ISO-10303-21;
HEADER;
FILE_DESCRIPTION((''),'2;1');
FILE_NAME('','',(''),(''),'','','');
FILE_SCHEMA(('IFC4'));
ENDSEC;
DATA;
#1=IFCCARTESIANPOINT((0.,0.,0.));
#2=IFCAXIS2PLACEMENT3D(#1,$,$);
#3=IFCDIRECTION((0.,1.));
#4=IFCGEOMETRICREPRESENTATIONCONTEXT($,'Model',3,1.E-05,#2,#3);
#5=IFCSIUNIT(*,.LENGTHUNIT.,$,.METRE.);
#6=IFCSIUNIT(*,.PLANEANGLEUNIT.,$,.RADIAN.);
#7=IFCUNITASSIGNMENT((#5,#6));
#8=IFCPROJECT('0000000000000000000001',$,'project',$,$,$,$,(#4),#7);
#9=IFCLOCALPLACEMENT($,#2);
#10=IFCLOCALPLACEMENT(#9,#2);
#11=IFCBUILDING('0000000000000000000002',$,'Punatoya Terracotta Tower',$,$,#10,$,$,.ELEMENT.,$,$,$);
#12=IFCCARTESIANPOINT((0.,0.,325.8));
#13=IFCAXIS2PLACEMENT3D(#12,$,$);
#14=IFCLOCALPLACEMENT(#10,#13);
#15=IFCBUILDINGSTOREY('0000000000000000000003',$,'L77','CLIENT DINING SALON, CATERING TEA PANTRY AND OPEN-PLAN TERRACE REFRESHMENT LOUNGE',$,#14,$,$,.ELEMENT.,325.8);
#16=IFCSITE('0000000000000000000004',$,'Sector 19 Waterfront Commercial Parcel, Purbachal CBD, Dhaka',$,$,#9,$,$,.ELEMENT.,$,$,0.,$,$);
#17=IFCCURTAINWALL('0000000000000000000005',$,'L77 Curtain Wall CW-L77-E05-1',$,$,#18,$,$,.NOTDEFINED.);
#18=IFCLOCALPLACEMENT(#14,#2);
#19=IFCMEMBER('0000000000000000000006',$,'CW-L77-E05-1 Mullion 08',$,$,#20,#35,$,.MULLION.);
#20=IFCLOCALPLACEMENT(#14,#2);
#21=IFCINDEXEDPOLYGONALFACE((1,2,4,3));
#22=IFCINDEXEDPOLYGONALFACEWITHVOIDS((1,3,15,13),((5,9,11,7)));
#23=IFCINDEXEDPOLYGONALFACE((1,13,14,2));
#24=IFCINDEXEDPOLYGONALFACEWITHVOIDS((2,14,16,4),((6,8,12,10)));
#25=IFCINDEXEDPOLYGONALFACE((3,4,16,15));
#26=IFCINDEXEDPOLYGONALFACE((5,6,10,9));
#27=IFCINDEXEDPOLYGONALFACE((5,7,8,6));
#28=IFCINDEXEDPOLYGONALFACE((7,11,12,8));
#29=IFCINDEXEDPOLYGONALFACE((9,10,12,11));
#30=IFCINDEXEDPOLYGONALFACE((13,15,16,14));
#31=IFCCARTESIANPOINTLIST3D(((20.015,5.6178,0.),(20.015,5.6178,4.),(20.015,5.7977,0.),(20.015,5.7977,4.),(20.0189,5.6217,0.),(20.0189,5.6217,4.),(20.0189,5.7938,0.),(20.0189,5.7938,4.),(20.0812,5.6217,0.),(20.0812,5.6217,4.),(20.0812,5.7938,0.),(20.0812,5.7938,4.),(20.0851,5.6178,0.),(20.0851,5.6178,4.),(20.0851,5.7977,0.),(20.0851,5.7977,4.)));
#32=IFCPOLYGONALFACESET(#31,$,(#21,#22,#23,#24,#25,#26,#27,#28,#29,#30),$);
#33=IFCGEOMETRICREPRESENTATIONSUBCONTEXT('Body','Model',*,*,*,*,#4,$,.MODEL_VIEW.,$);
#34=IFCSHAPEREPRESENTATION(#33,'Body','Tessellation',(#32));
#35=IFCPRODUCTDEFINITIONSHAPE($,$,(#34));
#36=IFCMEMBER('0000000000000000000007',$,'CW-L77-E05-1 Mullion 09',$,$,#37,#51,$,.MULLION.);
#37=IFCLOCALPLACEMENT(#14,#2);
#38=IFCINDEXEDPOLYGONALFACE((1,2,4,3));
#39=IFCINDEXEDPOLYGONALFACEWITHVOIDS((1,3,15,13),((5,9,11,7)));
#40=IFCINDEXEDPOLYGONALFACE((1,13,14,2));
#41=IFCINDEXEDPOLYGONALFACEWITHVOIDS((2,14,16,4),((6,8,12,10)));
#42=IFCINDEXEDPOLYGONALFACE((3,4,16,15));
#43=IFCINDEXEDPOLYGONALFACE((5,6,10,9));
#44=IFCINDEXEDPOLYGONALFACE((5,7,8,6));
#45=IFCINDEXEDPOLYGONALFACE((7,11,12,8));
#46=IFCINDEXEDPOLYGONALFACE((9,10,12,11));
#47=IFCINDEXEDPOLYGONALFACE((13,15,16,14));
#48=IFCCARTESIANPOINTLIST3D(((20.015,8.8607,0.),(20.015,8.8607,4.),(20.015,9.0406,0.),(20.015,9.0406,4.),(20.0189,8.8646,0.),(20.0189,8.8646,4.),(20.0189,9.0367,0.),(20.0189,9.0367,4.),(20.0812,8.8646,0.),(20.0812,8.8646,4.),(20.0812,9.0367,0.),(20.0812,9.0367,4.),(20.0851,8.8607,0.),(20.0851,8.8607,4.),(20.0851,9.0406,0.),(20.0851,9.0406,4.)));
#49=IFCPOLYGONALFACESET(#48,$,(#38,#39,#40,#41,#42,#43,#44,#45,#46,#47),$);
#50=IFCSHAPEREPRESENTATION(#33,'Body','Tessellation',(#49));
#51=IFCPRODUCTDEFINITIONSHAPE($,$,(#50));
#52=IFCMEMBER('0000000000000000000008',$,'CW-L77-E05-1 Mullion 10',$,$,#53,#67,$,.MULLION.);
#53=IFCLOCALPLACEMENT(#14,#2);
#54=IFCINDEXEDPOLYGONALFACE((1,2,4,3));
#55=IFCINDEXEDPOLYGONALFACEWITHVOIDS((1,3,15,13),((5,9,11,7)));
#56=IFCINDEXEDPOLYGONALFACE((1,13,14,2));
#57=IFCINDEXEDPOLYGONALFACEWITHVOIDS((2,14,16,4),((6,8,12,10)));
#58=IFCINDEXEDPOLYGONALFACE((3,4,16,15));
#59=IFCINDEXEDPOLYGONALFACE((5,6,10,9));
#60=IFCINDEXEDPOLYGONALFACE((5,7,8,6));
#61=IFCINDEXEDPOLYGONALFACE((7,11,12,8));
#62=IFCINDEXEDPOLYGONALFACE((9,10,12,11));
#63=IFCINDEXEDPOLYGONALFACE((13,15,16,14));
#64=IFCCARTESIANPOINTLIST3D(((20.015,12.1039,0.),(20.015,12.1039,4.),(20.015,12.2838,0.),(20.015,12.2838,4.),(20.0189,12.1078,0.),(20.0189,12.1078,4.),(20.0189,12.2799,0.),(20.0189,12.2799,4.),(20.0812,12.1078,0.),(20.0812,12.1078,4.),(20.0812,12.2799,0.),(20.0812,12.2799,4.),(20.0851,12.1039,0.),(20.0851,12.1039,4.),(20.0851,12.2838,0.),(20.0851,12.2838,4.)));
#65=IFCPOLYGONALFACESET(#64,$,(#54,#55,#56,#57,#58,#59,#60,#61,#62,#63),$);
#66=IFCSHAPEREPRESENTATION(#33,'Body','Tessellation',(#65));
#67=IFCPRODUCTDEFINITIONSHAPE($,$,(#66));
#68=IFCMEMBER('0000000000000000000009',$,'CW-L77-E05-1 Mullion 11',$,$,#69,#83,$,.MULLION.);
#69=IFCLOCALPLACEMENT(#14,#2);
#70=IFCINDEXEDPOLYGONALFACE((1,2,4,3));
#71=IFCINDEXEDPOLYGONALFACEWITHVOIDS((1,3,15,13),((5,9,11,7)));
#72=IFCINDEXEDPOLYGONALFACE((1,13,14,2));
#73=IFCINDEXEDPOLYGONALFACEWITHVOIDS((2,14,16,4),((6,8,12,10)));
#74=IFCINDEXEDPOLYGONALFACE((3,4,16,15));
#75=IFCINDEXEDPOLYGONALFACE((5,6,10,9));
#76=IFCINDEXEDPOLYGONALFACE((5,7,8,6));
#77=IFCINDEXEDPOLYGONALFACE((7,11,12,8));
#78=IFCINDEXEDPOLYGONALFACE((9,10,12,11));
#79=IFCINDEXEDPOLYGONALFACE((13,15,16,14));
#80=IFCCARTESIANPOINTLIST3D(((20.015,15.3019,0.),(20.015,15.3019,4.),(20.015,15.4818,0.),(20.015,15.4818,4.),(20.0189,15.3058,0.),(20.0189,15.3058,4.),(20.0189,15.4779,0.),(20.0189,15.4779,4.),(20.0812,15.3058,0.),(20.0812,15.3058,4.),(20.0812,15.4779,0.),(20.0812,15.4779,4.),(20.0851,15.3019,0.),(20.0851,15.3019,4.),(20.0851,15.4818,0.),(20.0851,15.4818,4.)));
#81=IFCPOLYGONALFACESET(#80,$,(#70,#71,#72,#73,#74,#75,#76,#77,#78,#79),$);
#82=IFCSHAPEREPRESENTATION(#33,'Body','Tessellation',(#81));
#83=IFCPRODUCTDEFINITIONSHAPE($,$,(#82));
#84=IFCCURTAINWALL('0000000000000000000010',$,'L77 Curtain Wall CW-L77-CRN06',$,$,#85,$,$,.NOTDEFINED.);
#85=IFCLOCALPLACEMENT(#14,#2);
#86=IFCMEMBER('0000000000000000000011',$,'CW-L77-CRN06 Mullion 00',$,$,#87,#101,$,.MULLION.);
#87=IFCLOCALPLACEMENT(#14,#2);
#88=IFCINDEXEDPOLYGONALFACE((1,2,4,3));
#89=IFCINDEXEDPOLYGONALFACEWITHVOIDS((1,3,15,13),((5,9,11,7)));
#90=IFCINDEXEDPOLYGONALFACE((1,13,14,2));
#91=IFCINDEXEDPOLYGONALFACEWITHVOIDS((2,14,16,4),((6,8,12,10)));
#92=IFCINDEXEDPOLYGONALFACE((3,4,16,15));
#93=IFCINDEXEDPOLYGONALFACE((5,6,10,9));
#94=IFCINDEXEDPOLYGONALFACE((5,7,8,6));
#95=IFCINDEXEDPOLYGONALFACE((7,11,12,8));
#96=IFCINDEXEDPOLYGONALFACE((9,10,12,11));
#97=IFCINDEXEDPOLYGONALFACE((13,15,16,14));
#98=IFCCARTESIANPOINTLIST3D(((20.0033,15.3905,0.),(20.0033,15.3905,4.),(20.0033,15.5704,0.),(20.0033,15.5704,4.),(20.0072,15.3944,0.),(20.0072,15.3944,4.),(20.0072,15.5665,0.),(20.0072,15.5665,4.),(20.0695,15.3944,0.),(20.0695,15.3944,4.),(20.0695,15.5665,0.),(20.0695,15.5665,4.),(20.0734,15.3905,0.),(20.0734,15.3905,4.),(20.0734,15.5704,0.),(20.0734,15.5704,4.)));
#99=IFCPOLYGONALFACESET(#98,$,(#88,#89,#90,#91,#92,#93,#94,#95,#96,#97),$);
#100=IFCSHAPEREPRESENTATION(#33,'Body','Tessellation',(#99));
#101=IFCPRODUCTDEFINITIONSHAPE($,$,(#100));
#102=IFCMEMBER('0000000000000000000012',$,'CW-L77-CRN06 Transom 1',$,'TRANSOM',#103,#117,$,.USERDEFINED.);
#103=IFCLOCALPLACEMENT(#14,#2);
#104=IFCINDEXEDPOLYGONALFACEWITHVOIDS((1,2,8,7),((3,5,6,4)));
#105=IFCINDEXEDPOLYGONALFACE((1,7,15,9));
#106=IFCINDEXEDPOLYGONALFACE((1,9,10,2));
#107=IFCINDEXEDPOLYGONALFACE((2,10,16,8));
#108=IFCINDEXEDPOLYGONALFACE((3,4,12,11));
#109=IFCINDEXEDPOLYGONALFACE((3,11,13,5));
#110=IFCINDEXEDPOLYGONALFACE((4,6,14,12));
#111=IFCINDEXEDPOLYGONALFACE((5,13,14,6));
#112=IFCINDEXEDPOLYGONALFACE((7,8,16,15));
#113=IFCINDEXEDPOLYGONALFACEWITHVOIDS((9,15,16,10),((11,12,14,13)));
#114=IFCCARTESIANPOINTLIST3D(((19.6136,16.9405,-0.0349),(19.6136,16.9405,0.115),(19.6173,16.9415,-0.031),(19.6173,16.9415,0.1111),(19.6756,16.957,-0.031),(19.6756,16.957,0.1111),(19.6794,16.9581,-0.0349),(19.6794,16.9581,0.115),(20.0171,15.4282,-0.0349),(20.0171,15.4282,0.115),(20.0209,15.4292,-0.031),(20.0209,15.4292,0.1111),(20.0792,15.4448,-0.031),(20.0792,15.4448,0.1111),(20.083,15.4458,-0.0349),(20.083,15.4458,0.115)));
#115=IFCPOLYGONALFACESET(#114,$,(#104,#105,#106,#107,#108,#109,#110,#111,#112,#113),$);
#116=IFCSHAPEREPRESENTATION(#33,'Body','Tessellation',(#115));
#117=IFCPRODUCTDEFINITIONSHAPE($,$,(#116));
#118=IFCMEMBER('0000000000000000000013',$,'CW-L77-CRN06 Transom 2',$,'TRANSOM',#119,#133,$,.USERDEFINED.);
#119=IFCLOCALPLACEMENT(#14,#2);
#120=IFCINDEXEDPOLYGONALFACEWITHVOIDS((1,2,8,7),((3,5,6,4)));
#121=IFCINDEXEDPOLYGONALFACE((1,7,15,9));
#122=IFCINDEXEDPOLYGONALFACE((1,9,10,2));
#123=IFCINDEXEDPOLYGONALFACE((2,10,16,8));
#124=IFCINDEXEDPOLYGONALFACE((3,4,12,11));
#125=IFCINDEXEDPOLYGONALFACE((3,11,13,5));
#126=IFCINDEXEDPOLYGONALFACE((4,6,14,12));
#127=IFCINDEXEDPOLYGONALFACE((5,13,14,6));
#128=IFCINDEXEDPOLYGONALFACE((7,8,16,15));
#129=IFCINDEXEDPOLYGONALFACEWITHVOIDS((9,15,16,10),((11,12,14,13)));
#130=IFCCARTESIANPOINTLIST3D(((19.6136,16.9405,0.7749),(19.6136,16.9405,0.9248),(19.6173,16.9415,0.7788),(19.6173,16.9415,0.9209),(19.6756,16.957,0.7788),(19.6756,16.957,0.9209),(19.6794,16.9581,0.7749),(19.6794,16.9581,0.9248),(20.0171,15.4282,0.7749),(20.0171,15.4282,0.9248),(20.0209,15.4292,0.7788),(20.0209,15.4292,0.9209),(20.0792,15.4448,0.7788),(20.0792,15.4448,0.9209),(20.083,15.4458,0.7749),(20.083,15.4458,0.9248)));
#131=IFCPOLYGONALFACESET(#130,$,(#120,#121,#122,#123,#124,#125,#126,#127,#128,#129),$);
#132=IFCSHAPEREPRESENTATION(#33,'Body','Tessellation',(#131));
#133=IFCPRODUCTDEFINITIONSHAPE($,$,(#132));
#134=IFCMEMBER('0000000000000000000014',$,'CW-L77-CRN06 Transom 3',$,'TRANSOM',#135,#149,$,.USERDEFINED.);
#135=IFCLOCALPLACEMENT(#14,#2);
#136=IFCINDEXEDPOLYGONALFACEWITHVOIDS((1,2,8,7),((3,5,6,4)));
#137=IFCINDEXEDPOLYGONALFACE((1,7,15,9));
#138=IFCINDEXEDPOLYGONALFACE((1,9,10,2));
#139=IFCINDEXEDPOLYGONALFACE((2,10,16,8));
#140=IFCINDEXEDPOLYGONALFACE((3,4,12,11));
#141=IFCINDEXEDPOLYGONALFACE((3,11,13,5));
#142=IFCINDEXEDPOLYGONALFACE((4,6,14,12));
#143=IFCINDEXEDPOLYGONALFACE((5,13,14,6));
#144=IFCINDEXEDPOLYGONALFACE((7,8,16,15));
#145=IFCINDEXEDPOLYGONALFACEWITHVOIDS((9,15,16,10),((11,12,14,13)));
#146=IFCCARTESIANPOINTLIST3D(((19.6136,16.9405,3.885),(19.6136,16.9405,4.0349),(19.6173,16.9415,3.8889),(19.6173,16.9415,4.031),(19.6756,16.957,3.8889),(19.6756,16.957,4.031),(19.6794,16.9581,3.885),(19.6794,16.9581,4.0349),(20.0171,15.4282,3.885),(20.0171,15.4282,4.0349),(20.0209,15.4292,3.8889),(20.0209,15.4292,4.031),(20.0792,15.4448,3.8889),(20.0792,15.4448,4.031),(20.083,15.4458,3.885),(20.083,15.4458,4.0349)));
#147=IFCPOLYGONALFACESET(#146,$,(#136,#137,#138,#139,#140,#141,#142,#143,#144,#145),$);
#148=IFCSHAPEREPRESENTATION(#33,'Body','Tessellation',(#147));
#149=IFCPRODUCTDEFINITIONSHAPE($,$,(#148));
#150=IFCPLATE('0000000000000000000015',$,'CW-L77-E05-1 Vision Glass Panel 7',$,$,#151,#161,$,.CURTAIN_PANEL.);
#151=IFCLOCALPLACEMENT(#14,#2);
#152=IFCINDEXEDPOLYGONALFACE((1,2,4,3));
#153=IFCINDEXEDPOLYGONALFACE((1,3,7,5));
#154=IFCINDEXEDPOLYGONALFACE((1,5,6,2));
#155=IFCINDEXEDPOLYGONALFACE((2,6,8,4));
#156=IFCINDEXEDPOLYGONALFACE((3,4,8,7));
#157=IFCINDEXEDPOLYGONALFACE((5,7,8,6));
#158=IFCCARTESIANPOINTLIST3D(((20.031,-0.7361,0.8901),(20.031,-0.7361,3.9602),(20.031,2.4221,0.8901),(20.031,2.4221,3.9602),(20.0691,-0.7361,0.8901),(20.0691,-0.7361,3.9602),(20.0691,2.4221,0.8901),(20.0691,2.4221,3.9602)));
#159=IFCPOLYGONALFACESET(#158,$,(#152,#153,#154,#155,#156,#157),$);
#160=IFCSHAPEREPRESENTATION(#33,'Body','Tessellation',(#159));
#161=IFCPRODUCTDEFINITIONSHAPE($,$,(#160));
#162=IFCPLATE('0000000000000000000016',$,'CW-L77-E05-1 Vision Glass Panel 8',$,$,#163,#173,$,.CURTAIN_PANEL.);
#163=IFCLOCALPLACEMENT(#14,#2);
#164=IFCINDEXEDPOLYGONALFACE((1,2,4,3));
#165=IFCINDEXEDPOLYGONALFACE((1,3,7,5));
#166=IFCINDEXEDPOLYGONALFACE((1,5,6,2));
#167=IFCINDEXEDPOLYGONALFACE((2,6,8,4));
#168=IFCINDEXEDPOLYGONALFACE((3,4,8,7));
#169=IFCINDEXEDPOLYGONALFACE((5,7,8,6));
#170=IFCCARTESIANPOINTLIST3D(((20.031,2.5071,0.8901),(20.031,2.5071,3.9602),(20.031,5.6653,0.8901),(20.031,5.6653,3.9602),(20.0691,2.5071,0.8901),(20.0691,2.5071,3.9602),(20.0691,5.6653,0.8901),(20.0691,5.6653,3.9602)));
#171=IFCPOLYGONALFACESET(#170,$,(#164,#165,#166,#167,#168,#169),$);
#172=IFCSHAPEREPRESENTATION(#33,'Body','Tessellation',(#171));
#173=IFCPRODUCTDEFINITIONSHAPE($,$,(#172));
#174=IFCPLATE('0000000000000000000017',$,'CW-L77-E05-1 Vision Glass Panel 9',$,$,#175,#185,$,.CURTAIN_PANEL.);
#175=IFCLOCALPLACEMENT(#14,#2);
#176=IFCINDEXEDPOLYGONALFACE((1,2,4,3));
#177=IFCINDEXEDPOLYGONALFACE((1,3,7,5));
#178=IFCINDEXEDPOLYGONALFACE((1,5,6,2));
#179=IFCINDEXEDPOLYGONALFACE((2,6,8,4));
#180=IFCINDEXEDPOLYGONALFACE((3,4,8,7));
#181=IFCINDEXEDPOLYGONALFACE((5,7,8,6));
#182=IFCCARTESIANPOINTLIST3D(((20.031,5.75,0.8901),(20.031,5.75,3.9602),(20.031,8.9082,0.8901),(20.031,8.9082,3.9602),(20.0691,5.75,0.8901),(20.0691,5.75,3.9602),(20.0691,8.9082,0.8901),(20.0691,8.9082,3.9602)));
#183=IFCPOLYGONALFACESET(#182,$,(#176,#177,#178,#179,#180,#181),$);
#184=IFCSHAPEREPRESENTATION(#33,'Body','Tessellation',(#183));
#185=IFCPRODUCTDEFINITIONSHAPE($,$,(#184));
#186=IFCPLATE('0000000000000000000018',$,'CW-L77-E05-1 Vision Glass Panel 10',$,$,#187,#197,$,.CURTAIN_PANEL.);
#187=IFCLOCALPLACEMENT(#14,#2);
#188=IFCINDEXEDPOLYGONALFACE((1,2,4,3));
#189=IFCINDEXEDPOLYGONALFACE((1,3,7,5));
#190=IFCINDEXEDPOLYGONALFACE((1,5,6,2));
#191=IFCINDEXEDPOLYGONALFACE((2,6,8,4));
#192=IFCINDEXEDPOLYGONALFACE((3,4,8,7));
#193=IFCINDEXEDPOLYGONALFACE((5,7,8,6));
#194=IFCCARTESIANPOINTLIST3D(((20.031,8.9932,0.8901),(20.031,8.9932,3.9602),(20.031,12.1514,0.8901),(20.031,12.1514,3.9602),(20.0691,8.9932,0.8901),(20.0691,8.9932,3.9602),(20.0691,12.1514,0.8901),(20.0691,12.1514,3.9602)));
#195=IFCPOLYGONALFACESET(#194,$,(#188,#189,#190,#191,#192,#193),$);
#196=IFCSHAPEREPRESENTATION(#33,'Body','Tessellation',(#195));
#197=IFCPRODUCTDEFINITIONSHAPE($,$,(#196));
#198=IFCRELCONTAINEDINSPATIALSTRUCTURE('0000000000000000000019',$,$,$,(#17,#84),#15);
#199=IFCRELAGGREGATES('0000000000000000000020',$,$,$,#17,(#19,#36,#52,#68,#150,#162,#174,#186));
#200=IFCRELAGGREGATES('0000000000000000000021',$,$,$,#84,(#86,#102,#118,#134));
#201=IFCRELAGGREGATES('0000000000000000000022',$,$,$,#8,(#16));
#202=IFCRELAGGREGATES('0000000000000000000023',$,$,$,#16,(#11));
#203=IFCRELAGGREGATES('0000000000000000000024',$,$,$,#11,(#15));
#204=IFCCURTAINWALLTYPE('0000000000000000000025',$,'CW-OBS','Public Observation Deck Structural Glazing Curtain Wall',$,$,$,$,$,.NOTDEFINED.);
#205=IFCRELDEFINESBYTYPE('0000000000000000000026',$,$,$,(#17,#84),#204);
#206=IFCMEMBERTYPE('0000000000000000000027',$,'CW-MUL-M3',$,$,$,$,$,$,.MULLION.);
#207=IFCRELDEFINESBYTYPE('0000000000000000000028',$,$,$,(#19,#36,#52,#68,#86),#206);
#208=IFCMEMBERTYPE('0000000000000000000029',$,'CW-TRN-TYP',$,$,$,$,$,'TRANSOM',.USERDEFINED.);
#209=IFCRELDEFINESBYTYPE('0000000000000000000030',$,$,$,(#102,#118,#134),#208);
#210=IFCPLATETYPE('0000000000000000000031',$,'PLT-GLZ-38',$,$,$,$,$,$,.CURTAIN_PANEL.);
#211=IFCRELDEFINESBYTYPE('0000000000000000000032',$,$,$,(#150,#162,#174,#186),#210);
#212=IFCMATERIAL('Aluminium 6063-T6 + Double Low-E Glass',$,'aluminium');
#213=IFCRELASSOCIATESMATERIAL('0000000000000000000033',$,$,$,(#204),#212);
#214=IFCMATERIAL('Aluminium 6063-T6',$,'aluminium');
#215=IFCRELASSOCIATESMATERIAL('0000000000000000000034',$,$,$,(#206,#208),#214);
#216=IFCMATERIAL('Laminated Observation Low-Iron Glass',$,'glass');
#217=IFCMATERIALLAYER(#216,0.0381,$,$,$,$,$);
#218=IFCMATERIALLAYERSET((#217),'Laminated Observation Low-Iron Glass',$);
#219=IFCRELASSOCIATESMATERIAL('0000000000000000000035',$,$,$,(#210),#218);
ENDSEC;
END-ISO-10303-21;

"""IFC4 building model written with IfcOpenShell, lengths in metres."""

from ifc_helpers import new_model, si_unit, direction, frame, origin, origin_2d, place, context, subcontext, project, spatial, rectangle, hollow_rectangle, extrude, material, layer, layer_set, material_profile, profile_set, type_object, element, aggregate, save


model = new_model("IFC4")

# Units and contexts
model_context = context("Model", 3, precision=1e-05, world=origin(), true_north=direction((0.0, 1.0)))
body_context = subcontext(model_context, "Body", "Model", "MODEL_VIEW")
ifc_project = project(units=[si_unit("LENGTHUNIT", "METRE"), si_unit("PLANEANGLEUNIT", "RADIAN")], contexts=[model_context])

# Site, building, storey
site_placement = place(None, origin())
site = spatial("IfcSite", under=ifc_project, at=site_placement, Name="Sector 19 Waterfront Commercial Parcel, Purbachal CBD, Dhaka", CompositionType="ELEMENT", RefElevation=0.0)
building_placement = place(site_placement, origin())
building = spatial("IfcBuilding", under=site, at=building_placement, Name="Punatoya Terracotta Tower", CompositionType="ELEMENT")
storey_placement = place(building_placement, frame((0.0, 0.0, 325.8)))
storey = spatial("IfcBuildingStorey", under=building, at=storey_placement, Name="L77", Description="CLIENT DINING SALON, CATERING TEA PANTRY AND OPEN-PLAN TERRACE REFRESHMENT LOUNGE", CompositionType="ELEMENT", Elevation=325.8)

# Curtain walls, members
ifc_material_1 = material(Name="Aluminium 6063-T6 + Double Low-E Glass", Category="aluminium")
curtain_wall_type = type_object("IfcCurtainWallType", Name="CW-OBS", Description="Public Observation Deck Structural Glazing Curtain Wall", PredefinedType="NOTDEFINED", material=ifc_material_1)
curtain_wall_1_placement = place(storey_placement, origin())
curtain_wall_1 = element("IfcCurtainWall", 1, at=curtain_wall_1_placement, inside=storey, type_object=curtain_wall_type, Name="L77 Curtain Wall CW-L77-E05-1", PredefinedType="NOTDEFINED")
ifc_material_2 = material(Name="Aluminium 6063-T6", Category="aluminium")
ifc_material_profile_1 = material_profile(ifc_material_2, hollow_rectangle(XDim=0.0701, YDim=0.1799, WallThickness=0.0039, at=origin_2d()))
ifc_profile_set_1 = profile_set([ifc_material_profile_1], Name="Aluminium 6063-T6")
member_type_1 = type_object("IfcMemberType", Name="CW-MUL-M3", PredefinedType="MULLION", material=ifc_profile_set_1)
member_1_placement = place(storey_placement, frame((20.05, 5.7078, 0.0), z_axis=(0.0, 0.0, 1.0), x_axis=(1.0, 0.0, 0.0)))
member_1 = element("IfcMember", 2, at=member_1_placement, type_object=member_type_1, Name="CW-L77-E05-1 Mullion 08", PredefinedType="MULLION", context=body_context, shape_type="SweptSolid", body=[
    extrude(hollow_rectangle(XDim=0.0701, YDim=0.1799, WallThickness=0.0039, at=origin_2d()), origin(), (0.0, 0.0, 1.0), 4.0),
])
member_2_placement = place(storey_placement, frame((20.05, 8.9507, 0.0), z_axis=(0.0, 0.0, 1.0), x_axis=(1.0, 0.0, 0.0)))
member_2 = element("IfcMember", 3, at=member_2_placement, type_object=member_type_1, Name="CW-L77-E05-1 Mullion 09", PredefinedType="MULLION", context=body_context, shape_type="SweptSolid", body=[
    extrude(hollow_rectangle(XDim=0.0701, YDim=0.1799, WallThickness=0.0039, at=origin_2d()), origin(), (0.0, 0.0, 1.0), 4.0),
])
member_3_placement = place(storey_placement, frame((20.05, 12.1938, 0.0), z_axis=(0.0, 0.0, 1.0), x_axis=(1.0, 0.0, 0.0)))
member_3 = element("IfcMember", 4, at=member_3_placement, type_object=member_type_1, Name="CW-L77-E05-1 Mullion 10", PredefinedType="MULLION", context=body_context, shape_type="SweptSolid", body=[
    extrude(hollow_rectangle(XDim=0.0701, YDim=0.1799, WallThickness=0.0039, at=origin_2d()), origin(), (0.0, 0.0, 1.0), 4.0),
])
member_4_placement = place(storey_placement, frame((20.05, 15.3918, 0.0), z_axis=(0.0, 0.0, 1.0), x_axis=(1.0, 0.0, 0.0)))
member_4 = element("IfcMember", 5, at=member_4_placement, type_object=member_type_1, Name="CW-L77-E05-1 Mullion 11", PredefinedType="MULLION", context=body_context, shape_type="SweptSolid", body=[
    extrude(hollow_rectangle(XDim=0.0701, YDim=0.1799, WallThickness=0.0039, at=origin_2d()), origin(), (0.0, 0.0, 1.0), 4.0),
])
curtain_wall_2_placement = place(storey_placement, origin())
curtain_wall_2 = element("IfcCurtainWall", 6, at=curtain_wall_2_placement, inside=storey, type_object=curtain_wall_type, Name="L77 Curtain Wall CW-L77-CRN06", PredefinedType="NOTDEFINED")
member_5_placement = place(storey_placement, frame((20.0383, 15.4805, 0.0), z_axis=(0.0, 0.0, 1.0), x_axis=(1.0, 0.0, 0.0)))
member_5 = element("IfcMember", 7, at=member_5_placement, type_object=member_type_1, Name="CW-L77-CRN06 Mullion 00", PredefinedType="MULLION", context=body_context, shape_type="SweptSolid", body=[
    extrude(hollow_rectangle(XDim=0.0701, YDim=0.1799, WallThickness=0.0039, at=origin_2d()), origin(), (0.0, 0.0, 1.0), 4.0),
])
ifc_material_profile_2 = material_profile(ifc_material_2, hollow_rectangle(XDim=0.0681, YDim=0.1499, WallThickness=0.0039, at=origin_2d()))
ifc_profile_set_2 = profile_set([ifc_material_profile_2], Name="Aluminium 6063-T6")
member_type_2 = type_object("IfcMemberType", Name="CW-TRN-TYP", ElementType="TRANSOM", PredefinedType="USERDEFINED", material=ifc_profile_set_2)
member_6_placement = place(storey_placement, frame((20.05, 15.437, 0.04), z_axis=(-0.257847, 0.966186, 0.0), x_axis=(-0.966186, -0.257847, 0.0)))
member_6 = element("IfcMember", 8, at=member_6_placement, type_object=member_type_2, Name="CW-L77-CRN06 Transom 1", ObjectType="TRANSOM", PredefinedType="USERDEFINED", context=body_context, shape_type="SweptSolid", body=[
    extrude(hollow_rectangle(XDim=0.0681, YDim=0.1499, WallThickness=0.0039, at=origin_2d()), origin(), (0.0, 0.0, 1.0), 1.5652),
])
member_7_placement = place(storey_placement, frame((20.05, 15.437, 0.8499), z_axis=(-0.257847, 0.966186, 0.0), x_axis=(-0.966186, -0.257847, 0.0)))
member_7 = element("IfcMember", 9, at=member_7_placement, type_object=member_type_2, Name="CW-L77-CRN06 Transom 2", ObjectType="TRANSOM", PredefinedType="USERDEFINED", context=body_context, shape_type="SweptSolid", body=[
    extrude(hollow_rectangle(XDim=0.0681, YDim=0.1499, WallThickness=0.0039, at=origin_2d()), origin(), (0.0, 0.0, 1.0), 1.5652),
])
member_8_placement = place(storey_placement, frame((20.05, 15.437, 3.96), z_axis=(-0.257847, 0.966186, 0.0), x_axis=(-0.966186, -0.257847, 0.0)))
member_8 = element("IfcMember", 10, at=member_8_placement, type_object=member_type_2, Name="CW-L77-CRN06 Transom 3", ObjectType="TRANSOM", PredefinedType="USERDEFINED", context=body_context, shape_type="SweptSolid", body=[
    extrude(hollow_rectangle(XDim=0.0681, YDim=0.1499, WallThickness=0.0039, at=origin_2d()), origin(), (0.0, 0.0, 1.0), 1.5652),
])

# Plates
ifc_material_3 = material(Name="Laminated Observation Low-Iron Glass", Category="glass")
ifc_layer_1 = layer(ifc_material_3, 0.0381)
ifc_layer_set_1 = layer_set([ifc_layer_1], Name="Laminated Observation Low-Iron Glass")
plate_type_1 = type_object("IfcPlateType", Name="PLT-GLZ-38", PredefinedType="CURTAIN_PANEL", material=ifc_layer_set_1)
plate_1_placement = place(storey_placement, frame((20.05, 0.843, 0.8901), z_axis=(0.0, 0.0, 1.0), x_axis=(0.0, 1.0, 0.0)))
plate_1 = element("IfcPlate", 11, at=plate_1_placement, type_object=plate_type_1, Name="CW-L77-E05-1 Vision Glass Panel 7", PredefinedType="CURTAIN_PANEL", context=body_context, shape_type="SweptSolid", body=[
    extrude(rectangle(XDim=3.1582, YDim=0.0381, at=origin_2d()), origin(), (0.0, 0.0, 1.0), 3.0701),
])
plate_2_placement = place(storey_placement, frame((20.05, 4.0862, 0.8901), z_axis=(0.0, 0.0, 1.0), x_axis=(0.0, 1.0, 0.0)))
plate_2 = element("IfcPlate", 12, at=plate_2_placement, type_object=plate_type_1, Name="CW-L77-E05-1 Vision Glass Panel 8", PredefinedType="CURTAIN_PANEL", context=body_context, shape_type="SweptSolid", body=[
    extrude(rectangle(XDim=3.1582, YDim=0.0381, at=origin_2d()), origin(), (0.0, 0.0, 1.0), 3.0701),
])
plate_3_placement = place(storey_placement, frame((20.05, 7.3291, 0.8901), z_axis=(0.0, 0.0, 1.0), x_axis=(0.0, 1.0, 0.0)))
plate_3 = element("IfcPlate", 13, at=plate_3_placement, type_object=plate_type_1, Name="CW-L77-E05-1 Vision Glass Panel 9", PredefinedType="CURTAIN_PANEL", context=body_context, shape_type="SweptSolid", body=[
    extrude(rectangle(XDim=3.1582, YDim=0.0381, at=origin_2d()), origin(), (0.0, 0.0, 1.0), 3.0701),
])
plate_4_placement = place(storey_placement, frame((20.05, 10.5723, 0.8901), z_axis=(0.0, 0.0, 1.0), x_axis=(0.0, 1.0, 0.0)))
plate_4 = element("IfcPlate", 14, at=plate_4_placement, type_object=plate_type_1, Name="CW-L77-E05-1 Vision Glass Panel 10", PredefinedType="CURTAIN_PANEL", context=body_context, shape_type="SweptSolid", body=[
    extrude(rectangle(XDim=3.1582, YDim=0.0381, at=origin_2d()), origin(), (0.0, 0.0, 1.0), 3.0701),
])
aggregate(curtain_wall_1, [member_1, member_2, member_3, member_4, plate_1, plate_2, plate_3, plate_4])
aggregate(curtain_wall_2, [member_5, member_6, member_7, member_8])

save(model, "model.ifc")
